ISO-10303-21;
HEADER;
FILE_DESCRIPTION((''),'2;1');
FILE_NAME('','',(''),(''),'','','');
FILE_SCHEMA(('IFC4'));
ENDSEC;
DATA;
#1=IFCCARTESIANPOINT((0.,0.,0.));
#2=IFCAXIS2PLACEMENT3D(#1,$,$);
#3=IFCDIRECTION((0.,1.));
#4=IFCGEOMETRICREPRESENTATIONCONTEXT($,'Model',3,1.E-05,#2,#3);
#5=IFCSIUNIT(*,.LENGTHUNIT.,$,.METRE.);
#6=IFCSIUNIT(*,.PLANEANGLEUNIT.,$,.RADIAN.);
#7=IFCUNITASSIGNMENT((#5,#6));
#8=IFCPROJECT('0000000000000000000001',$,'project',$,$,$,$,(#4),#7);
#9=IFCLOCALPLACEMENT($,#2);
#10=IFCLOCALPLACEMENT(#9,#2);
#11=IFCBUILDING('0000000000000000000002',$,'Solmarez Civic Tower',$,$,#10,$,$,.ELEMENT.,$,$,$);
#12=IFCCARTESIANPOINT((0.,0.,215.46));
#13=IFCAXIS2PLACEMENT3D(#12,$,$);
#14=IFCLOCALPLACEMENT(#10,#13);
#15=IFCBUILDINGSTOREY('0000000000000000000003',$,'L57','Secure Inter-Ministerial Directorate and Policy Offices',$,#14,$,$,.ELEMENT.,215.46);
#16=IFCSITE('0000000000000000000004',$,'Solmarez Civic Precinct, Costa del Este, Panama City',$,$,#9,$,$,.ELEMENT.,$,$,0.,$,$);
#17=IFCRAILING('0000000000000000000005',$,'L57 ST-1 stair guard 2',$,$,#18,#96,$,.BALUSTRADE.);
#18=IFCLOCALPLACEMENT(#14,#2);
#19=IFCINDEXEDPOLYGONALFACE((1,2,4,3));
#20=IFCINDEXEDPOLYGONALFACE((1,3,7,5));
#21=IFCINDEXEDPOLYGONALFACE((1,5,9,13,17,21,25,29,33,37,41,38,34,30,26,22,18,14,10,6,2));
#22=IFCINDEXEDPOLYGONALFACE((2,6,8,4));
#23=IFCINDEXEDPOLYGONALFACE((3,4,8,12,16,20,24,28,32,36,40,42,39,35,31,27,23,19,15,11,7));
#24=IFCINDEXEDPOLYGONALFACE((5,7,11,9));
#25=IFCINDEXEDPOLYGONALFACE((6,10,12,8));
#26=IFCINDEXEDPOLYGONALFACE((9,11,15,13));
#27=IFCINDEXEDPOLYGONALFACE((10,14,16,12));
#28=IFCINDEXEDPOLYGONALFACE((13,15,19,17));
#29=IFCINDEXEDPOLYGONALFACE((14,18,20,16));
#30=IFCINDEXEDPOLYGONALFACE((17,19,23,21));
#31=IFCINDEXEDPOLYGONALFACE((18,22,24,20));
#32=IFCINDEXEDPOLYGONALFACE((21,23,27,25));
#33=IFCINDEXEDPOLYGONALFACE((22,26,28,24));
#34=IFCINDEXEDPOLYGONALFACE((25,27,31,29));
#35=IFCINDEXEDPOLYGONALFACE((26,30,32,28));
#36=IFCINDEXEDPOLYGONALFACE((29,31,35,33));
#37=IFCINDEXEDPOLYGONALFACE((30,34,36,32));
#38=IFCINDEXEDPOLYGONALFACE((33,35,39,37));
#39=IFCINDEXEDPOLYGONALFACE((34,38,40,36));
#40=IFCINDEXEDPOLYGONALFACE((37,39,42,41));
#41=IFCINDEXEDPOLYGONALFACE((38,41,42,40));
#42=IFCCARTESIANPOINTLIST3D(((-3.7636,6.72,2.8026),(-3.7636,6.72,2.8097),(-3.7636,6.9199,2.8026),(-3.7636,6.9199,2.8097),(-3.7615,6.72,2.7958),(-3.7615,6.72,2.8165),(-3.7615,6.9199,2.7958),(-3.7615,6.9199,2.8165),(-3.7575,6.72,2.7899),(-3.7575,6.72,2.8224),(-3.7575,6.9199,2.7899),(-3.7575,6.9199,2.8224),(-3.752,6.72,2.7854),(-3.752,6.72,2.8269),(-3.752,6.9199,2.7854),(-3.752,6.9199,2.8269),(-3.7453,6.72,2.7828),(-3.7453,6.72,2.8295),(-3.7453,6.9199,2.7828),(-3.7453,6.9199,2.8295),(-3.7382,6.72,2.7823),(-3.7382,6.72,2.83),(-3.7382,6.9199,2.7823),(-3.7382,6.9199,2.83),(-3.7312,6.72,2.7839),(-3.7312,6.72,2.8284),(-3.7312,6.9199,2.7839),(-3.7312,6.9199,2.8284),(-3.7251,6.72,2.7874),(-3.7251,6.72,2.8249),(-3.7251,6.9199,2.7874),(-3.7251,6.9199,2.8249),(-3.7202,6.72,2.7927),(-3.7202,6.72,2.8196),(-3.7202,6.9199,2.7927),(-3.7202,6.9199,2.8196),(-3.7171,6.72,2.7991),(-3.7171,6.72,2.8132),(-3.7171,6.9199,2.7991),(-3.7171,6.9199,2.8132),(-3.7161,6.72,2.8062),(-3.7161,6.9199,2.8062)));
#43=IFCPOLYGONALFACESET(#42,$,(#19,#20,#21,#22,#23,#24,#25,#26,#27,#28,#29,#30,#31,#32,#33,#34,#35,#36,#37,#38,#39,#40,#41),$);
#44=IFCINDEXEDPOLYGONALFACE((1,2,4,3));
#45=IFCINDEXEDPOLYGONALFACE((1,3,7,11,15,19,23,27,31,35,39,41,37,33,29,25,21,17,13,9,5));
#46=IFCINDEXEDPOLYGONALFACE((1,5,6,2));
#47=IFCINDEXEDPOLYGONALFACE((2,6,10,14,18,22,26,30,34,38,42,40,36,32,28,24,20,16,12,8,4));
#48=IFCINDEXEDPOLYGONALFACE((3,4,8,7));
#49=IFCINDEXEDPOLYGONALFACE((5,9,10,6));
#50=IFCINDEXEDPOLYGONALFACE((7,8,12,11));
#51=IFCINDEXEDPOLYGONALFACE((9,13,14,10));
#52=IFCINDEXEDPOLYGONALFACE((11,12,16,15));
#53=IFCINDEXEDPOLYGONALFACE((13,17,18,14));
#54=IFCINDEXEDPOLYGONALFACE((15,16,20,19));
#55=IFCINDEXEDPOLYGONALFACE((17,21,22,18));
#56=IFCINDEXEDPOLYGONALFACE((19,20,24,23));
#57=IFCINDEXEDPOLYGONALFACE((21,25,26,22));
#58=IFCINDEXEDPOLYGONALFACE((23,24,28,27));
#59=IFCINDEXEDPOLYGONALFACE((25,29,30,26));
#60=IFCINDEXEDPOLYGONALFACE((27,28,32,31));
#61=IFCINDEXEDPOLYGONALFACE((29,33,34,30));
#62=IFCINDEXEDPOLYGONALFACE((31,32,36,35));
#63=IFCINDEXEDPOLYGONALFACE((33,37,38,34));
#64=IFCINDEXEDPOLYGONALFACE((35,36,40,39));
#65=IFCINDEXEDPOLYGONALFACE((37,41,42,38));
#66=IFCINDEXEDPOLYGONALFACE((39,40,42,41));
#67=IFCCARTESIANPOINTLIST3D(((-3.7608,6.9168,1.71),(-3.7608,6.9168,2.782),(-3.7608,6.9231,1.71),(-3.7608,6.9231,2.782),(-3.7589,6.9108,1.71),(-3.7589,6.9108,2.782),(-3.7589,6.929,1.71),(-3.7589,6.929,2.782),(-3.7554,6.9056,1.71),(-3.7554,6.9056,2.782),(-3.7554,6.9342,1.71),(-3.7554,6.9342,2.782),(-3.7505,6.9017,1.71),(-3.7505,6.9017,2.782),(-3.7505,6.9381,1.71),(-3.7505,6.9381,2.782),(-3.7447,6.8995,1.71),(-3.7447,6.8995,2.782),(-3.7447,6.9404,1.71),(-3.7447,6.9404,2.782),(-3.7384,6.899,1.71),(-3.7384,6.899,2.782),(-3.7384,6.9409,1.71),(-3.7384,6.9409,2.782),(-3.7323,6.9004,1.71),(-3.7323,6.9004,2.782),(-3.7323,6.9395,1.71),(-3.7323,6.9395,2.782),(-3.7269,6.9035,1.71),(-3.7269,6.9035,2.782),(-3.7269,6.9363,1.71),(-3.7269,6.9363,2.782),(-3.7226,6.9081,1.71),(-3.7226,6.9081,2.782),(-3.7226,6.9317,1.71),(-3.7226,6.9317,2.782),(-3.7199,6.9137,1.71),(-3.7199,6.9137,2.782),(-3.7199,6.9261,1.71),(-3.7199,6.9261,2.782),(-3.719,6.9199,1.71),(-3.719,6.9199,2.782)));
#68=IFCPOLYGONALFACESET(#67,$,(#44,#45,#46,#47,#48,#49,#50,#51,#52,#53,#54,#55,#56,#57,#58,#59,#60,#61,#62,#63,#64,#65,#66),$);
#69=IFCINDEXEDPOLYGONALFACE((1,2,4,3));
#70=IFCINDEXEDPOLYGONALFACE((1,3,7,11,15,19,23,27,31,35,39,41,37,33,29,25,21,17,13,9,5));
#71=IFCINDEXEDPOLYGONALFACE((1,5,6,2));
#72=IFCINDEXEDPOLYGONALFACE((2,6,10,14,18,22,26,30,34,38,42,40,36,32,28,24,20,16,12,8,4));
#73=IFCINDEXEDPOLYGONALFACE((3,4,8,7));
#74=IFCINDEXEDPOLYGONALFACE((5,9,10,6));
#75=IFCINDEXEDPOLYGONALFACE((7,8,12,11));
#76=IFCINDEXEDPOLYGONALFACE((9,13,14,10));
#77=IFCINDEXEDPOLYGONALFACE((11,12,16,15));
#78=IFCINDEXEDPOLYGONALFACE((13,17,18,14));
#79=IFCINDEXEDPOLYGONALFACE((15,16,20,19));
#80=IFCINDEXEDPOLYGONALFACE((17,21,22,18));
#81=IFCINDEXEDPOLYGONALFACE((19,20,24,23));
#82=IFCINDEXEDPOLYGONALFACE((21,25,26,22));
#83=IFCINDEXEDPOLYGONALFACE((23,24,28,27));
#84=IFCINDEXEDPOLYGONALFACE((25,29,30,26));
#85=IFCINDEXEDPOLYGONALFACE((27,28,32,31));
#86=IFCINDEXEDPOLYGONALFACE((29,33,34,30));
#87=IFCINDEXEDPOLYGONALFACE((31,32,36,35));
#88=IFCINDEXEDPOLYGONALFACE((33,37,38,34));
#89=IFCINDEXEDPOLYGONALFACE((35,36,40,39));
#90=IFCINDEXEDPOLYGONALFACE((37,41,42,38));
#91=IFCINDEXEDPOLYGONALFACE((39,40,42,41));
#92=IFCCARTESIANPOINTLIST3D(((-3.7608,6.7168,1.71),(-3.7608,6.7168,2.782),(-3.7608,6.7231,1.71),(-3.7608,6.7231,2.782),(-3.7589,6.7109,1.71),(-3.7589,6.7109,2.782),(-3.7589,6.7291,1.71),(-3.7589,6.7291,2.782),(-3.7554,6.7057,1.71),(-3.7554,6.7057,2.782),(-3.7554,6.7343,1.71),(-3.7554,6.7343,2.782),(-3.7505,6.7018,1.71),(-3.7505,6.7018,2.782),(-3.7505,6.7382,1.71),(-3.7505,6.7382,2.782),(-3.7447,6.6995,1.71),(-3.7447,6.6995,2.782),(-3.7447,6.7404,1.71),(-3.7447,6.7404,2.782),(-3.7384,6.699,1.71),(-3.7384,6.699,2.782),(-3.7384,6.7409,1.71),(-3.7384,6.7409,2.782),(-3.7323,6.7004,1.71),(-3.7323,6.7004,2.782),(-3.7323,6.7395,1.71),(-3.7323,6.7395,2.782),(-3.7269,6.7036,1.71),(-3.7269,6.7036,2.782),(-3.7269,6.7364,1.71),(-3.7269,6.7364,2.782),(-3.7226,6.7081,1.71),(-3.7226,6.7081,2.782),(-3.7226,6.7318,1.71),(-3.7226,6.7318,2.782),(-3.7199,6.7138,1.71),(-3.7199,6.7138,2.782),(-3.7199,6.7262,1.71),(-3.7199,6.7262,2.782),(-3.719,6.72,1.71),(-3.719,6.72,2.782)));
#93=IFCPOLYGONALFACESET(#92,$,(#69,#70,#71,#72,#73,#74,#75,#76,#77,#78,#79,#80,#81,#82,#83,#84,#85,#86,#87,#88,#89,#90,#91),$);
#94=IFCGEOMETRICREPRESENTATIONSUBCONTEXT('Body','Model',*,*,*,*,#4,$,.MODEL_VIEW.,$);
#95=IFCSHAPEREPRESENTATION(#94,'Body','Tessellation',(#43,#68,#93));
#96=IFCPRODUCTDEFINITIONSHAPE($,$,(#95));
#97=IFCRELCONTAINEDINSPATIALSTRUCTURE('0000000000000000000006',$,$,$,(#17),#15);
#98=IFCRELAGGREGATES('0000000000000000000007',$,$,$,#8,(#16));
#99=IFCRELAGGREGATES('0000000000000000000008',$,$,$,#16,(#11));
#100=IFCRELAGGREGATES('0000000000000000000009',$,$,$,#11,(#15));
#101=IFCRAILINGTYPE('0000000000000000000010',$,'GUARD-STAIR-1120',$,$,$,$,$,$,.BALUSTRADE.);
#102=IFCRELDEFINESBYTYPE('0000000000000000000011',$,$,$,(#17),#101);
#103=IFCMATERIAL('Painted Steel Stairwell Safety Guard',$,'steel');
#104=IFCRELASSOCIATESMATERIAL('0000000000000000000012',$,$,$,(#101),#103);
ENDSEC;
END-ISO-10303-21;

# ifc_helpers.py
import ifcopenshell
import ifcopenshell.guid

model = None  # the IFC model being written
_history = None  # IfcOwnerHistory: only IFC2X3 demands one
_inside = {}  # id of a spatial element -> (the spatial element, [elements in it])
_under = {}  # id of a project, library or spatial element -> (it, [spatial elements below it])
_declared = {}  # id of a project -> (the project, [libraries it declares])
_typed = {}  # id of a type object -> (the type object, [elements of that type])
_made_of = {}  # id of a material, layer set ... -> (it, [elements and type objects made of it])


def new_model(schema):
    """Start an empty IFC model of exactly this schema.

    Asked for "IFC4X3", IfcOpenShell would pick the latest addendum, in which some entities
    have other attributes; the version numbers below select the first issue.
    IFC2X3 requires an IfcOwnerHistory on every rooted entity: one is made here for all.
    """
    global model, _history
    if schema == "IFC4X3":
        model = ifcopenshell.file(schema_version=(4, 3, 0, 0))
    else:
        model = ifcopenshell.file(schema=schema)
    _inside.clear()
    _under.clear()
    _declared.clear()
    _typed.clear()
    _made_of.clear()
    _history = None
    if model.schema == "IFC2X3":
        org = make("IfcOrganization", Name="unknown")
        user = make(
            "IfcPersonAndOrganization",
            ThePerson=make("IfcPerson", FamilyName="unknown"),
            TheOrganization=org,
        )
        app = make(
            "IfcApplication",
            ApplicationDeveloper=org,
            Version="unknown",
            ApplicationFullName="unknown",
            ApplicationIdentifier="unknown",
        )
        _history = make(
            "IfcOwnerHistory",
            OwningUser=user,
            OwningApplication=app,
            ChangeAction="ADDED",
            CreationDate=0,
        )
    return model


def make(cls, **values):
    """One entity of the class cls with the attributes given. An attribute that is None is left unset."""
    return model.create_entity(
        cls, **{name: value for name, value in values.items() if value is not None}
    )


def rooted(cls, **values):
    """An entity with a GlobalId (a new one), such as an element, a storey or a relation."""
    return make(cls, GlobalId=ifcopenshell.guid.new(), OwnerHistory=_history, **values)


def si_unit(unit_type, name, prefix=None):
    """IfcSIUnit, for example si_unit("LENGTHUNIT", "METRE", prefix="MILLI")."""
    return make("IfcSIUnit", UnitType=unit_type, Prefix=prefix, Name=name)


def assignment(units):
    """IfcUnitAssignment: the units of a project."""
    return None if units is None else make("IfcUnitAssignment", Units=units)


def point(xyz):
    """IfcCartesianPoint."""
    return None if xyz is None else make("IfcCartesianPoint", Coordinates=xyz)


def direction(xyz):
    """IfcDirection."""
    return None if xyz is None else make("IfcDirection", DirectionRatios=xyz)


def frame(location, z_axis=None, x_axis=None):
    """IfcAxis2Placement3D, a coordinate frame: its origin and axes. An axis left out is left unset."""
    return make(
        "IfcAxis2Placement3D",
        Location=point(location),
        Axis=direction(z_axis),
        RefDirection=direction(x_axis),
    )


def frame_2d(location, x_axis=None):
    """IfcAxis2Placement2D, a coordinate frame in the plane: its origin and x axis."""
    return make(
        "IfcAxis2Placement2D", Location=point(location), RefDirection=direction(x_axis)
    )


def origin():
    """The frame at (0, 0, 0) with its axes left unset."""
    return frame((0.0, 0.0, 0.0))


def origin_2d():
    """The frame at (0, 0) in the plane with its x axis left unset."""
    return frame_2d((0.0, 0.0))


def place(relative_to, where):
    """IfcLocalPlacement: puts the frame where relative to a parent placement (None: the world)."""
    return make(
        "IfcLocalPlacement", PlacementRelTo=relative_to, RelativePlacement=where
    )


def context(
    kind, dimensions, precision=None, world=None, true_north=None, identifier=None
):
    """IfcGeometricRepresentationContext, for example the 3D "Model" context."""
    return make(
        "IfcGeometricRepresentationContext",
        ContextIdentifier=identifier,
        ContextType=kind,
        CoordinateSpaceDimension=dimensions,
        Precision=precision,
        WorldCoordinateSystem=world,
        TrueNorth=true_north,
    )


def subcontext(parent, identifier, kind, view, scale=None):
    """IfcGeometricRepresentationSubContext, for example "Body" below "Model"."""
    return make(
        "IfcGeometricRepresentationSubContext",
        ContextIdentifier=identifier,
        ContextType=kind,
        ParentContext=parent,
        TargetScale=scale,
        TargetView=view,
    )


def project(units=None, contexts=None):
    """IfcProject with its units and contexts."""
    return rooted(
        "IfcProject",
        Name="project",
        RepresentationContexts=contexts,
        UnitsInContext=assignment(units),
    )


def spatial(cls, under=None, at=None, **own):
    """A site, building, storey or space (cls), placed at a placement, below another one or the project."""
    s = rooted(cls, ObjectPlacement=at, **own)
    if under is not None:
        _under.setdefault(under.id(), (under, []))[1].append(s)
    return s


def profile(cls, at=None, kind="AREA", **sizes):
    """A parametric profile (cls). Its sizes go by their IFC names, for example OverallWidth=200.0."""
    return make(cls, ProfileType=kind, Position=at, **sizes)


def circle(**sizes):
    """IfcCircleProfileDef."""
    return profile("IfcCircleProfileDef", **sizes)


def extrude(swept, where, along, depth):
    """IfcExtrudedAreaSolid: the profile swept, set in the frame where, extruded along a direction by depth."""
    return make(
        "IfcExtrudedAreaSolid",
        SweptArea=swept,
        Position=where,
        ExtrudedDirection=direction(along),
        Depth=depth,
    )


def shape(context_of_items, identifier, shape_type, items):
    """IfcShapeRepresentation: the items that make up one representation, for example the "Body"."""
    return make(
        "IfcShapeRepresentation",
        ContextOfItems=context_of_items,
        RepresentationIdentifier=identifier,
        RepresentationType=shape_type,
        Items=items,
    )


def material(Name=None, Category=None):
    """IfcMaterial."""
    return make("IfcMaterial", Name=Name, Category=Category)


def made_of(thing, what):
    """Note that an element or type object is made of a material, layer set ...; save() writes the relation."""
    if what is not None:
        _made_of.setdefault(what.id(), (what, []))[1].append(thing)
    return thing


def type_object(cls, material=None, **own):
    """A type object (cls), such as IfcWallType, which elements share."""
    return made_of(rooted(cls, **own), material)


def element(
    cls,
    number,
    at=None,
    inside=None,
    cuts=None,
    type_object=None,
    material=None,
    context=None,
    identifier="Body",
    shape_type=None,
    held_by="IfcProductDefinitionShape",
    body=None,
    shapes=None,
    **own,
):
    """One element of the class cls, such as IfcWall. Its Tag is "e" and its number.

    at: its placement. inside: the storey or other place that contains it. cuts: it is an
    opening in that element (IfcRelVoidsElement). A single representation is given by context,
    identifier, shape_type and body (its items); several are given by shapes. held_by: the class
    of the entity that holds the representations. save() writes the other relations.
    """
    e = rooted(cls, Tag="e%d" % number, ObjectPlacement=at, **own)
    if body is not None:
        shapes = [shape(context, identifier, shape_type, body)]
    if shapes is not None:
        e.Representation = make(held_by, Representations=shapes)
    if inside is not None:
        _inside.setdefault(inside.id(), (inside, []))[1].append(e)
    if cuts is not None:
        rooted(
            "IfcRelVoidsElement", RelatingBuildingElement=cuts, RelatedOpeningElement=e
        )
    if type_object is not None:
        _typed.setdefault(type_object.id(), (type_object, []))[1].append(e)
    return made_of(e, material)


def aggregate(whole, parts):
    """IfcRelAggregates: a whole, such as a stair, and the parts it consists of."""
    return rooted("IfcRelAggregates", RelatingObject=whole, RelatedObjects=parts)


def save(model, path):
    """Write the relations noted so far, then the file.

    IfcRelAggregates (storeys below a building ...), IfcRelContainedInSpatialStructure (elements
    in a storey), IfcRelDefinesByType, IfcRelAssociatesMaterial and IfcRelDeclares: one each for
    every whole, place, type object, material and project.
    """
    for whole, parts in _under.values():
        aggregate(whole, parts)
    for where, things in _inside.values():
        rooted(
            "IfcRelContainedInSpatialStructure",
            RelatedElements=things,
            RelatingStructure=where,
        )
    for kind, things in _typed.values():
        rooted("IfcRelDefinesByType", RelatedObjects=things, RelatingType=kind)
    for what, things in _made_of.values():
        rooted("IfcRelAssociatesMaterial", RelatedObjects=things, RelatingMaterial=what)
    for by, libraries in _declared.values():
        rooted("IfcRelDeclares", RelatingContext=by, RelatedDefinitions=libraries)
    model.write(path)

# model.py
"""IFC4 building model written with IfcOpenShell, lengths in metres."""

from ifc_helpers import new_model, si_unit, direction, frame, origin, origin_2d, place, context, subcontext, project, spatial, circle, extrude, material, type_object, element, save


model = new_model("IFC4")

# Units and contexts
model_context = context("Model", 3, precision=1e-05, world=origin(), true_north=direction((0.0, 1.0)))
body_context = subcontext(model_context, "Body", "Model", "MODEL_VIEW")
ifc_project = project(units=[si_unit("LENGTHUNIT", "METRE"), si_unit("PLANEANGLEUNIT", "RADIAN")], contexts=[model_context])

# Site, building, storey
site_placement = place(None, origin())
site = spatial("IfcSite", under=ifc_project, at=site_placement, Name="Solmarez Civic Precinct, Costa del Este, Panama City", CompositionType="ELEMENT", RefElevation=0.0)
building_placement = place(site_placement, origin())
building = spatial("IfcBuilding", under=site, at=building_placement, Name="Solmarez Civic Tower", CompositionType="ELEMENT")
storey_placement = place(building_placement, frame((0.0, 0.0, 215.46)))
storey = spatial("IfcBuildingStorey", under=building, at=storey_placement, Name="L57", Description="Secure Inter-Ministerial Directorate and Policy Offices", CompositionType="ELEMENT", Elevation=215.46)

# Railing
ifc_material_1 = material(Name="Painted Steel Stairwell Safety Guard", Category="steel")
railing_type = type_object("IfcRailingType", Name="GUARD-STAIR-1120", PredefinedType="BALUSTRADE", material=ifc_material_1)
railing_1_placement = place(storey_placement, frame((-3.74, 6.9199, 1.71)))
element("IfcRailing", 1, at=railing_1_placement, inside=storey, type_object=railing_type, Name="L57 ST-1 stair guard 2", PredefinedType="BALUSTRADE", context=body_context, shape_type="SweptSolid", body=[
    extrude(circle(Radius=0.0239, at=origin_2d()), frame((0.0, 0.0, 1.0962), z_axis=(0.0, -1.0, 0.0), x_axis=(1.0, 0.0, 0.0)), (0.0, 0.0, 1.0), 0.2),
    extrude(circle(Radius=0.021, at=origin_2d()), origin(), (0.0, 0.0, 1.0), 1.072),
    extrude(circle(Radius=0.021, at=origin_2d()), frame((0.0, -0.2, 0.0)), (0.0, 0.0, 1.0), 1.072),
])

save(model, "model.ifc")
